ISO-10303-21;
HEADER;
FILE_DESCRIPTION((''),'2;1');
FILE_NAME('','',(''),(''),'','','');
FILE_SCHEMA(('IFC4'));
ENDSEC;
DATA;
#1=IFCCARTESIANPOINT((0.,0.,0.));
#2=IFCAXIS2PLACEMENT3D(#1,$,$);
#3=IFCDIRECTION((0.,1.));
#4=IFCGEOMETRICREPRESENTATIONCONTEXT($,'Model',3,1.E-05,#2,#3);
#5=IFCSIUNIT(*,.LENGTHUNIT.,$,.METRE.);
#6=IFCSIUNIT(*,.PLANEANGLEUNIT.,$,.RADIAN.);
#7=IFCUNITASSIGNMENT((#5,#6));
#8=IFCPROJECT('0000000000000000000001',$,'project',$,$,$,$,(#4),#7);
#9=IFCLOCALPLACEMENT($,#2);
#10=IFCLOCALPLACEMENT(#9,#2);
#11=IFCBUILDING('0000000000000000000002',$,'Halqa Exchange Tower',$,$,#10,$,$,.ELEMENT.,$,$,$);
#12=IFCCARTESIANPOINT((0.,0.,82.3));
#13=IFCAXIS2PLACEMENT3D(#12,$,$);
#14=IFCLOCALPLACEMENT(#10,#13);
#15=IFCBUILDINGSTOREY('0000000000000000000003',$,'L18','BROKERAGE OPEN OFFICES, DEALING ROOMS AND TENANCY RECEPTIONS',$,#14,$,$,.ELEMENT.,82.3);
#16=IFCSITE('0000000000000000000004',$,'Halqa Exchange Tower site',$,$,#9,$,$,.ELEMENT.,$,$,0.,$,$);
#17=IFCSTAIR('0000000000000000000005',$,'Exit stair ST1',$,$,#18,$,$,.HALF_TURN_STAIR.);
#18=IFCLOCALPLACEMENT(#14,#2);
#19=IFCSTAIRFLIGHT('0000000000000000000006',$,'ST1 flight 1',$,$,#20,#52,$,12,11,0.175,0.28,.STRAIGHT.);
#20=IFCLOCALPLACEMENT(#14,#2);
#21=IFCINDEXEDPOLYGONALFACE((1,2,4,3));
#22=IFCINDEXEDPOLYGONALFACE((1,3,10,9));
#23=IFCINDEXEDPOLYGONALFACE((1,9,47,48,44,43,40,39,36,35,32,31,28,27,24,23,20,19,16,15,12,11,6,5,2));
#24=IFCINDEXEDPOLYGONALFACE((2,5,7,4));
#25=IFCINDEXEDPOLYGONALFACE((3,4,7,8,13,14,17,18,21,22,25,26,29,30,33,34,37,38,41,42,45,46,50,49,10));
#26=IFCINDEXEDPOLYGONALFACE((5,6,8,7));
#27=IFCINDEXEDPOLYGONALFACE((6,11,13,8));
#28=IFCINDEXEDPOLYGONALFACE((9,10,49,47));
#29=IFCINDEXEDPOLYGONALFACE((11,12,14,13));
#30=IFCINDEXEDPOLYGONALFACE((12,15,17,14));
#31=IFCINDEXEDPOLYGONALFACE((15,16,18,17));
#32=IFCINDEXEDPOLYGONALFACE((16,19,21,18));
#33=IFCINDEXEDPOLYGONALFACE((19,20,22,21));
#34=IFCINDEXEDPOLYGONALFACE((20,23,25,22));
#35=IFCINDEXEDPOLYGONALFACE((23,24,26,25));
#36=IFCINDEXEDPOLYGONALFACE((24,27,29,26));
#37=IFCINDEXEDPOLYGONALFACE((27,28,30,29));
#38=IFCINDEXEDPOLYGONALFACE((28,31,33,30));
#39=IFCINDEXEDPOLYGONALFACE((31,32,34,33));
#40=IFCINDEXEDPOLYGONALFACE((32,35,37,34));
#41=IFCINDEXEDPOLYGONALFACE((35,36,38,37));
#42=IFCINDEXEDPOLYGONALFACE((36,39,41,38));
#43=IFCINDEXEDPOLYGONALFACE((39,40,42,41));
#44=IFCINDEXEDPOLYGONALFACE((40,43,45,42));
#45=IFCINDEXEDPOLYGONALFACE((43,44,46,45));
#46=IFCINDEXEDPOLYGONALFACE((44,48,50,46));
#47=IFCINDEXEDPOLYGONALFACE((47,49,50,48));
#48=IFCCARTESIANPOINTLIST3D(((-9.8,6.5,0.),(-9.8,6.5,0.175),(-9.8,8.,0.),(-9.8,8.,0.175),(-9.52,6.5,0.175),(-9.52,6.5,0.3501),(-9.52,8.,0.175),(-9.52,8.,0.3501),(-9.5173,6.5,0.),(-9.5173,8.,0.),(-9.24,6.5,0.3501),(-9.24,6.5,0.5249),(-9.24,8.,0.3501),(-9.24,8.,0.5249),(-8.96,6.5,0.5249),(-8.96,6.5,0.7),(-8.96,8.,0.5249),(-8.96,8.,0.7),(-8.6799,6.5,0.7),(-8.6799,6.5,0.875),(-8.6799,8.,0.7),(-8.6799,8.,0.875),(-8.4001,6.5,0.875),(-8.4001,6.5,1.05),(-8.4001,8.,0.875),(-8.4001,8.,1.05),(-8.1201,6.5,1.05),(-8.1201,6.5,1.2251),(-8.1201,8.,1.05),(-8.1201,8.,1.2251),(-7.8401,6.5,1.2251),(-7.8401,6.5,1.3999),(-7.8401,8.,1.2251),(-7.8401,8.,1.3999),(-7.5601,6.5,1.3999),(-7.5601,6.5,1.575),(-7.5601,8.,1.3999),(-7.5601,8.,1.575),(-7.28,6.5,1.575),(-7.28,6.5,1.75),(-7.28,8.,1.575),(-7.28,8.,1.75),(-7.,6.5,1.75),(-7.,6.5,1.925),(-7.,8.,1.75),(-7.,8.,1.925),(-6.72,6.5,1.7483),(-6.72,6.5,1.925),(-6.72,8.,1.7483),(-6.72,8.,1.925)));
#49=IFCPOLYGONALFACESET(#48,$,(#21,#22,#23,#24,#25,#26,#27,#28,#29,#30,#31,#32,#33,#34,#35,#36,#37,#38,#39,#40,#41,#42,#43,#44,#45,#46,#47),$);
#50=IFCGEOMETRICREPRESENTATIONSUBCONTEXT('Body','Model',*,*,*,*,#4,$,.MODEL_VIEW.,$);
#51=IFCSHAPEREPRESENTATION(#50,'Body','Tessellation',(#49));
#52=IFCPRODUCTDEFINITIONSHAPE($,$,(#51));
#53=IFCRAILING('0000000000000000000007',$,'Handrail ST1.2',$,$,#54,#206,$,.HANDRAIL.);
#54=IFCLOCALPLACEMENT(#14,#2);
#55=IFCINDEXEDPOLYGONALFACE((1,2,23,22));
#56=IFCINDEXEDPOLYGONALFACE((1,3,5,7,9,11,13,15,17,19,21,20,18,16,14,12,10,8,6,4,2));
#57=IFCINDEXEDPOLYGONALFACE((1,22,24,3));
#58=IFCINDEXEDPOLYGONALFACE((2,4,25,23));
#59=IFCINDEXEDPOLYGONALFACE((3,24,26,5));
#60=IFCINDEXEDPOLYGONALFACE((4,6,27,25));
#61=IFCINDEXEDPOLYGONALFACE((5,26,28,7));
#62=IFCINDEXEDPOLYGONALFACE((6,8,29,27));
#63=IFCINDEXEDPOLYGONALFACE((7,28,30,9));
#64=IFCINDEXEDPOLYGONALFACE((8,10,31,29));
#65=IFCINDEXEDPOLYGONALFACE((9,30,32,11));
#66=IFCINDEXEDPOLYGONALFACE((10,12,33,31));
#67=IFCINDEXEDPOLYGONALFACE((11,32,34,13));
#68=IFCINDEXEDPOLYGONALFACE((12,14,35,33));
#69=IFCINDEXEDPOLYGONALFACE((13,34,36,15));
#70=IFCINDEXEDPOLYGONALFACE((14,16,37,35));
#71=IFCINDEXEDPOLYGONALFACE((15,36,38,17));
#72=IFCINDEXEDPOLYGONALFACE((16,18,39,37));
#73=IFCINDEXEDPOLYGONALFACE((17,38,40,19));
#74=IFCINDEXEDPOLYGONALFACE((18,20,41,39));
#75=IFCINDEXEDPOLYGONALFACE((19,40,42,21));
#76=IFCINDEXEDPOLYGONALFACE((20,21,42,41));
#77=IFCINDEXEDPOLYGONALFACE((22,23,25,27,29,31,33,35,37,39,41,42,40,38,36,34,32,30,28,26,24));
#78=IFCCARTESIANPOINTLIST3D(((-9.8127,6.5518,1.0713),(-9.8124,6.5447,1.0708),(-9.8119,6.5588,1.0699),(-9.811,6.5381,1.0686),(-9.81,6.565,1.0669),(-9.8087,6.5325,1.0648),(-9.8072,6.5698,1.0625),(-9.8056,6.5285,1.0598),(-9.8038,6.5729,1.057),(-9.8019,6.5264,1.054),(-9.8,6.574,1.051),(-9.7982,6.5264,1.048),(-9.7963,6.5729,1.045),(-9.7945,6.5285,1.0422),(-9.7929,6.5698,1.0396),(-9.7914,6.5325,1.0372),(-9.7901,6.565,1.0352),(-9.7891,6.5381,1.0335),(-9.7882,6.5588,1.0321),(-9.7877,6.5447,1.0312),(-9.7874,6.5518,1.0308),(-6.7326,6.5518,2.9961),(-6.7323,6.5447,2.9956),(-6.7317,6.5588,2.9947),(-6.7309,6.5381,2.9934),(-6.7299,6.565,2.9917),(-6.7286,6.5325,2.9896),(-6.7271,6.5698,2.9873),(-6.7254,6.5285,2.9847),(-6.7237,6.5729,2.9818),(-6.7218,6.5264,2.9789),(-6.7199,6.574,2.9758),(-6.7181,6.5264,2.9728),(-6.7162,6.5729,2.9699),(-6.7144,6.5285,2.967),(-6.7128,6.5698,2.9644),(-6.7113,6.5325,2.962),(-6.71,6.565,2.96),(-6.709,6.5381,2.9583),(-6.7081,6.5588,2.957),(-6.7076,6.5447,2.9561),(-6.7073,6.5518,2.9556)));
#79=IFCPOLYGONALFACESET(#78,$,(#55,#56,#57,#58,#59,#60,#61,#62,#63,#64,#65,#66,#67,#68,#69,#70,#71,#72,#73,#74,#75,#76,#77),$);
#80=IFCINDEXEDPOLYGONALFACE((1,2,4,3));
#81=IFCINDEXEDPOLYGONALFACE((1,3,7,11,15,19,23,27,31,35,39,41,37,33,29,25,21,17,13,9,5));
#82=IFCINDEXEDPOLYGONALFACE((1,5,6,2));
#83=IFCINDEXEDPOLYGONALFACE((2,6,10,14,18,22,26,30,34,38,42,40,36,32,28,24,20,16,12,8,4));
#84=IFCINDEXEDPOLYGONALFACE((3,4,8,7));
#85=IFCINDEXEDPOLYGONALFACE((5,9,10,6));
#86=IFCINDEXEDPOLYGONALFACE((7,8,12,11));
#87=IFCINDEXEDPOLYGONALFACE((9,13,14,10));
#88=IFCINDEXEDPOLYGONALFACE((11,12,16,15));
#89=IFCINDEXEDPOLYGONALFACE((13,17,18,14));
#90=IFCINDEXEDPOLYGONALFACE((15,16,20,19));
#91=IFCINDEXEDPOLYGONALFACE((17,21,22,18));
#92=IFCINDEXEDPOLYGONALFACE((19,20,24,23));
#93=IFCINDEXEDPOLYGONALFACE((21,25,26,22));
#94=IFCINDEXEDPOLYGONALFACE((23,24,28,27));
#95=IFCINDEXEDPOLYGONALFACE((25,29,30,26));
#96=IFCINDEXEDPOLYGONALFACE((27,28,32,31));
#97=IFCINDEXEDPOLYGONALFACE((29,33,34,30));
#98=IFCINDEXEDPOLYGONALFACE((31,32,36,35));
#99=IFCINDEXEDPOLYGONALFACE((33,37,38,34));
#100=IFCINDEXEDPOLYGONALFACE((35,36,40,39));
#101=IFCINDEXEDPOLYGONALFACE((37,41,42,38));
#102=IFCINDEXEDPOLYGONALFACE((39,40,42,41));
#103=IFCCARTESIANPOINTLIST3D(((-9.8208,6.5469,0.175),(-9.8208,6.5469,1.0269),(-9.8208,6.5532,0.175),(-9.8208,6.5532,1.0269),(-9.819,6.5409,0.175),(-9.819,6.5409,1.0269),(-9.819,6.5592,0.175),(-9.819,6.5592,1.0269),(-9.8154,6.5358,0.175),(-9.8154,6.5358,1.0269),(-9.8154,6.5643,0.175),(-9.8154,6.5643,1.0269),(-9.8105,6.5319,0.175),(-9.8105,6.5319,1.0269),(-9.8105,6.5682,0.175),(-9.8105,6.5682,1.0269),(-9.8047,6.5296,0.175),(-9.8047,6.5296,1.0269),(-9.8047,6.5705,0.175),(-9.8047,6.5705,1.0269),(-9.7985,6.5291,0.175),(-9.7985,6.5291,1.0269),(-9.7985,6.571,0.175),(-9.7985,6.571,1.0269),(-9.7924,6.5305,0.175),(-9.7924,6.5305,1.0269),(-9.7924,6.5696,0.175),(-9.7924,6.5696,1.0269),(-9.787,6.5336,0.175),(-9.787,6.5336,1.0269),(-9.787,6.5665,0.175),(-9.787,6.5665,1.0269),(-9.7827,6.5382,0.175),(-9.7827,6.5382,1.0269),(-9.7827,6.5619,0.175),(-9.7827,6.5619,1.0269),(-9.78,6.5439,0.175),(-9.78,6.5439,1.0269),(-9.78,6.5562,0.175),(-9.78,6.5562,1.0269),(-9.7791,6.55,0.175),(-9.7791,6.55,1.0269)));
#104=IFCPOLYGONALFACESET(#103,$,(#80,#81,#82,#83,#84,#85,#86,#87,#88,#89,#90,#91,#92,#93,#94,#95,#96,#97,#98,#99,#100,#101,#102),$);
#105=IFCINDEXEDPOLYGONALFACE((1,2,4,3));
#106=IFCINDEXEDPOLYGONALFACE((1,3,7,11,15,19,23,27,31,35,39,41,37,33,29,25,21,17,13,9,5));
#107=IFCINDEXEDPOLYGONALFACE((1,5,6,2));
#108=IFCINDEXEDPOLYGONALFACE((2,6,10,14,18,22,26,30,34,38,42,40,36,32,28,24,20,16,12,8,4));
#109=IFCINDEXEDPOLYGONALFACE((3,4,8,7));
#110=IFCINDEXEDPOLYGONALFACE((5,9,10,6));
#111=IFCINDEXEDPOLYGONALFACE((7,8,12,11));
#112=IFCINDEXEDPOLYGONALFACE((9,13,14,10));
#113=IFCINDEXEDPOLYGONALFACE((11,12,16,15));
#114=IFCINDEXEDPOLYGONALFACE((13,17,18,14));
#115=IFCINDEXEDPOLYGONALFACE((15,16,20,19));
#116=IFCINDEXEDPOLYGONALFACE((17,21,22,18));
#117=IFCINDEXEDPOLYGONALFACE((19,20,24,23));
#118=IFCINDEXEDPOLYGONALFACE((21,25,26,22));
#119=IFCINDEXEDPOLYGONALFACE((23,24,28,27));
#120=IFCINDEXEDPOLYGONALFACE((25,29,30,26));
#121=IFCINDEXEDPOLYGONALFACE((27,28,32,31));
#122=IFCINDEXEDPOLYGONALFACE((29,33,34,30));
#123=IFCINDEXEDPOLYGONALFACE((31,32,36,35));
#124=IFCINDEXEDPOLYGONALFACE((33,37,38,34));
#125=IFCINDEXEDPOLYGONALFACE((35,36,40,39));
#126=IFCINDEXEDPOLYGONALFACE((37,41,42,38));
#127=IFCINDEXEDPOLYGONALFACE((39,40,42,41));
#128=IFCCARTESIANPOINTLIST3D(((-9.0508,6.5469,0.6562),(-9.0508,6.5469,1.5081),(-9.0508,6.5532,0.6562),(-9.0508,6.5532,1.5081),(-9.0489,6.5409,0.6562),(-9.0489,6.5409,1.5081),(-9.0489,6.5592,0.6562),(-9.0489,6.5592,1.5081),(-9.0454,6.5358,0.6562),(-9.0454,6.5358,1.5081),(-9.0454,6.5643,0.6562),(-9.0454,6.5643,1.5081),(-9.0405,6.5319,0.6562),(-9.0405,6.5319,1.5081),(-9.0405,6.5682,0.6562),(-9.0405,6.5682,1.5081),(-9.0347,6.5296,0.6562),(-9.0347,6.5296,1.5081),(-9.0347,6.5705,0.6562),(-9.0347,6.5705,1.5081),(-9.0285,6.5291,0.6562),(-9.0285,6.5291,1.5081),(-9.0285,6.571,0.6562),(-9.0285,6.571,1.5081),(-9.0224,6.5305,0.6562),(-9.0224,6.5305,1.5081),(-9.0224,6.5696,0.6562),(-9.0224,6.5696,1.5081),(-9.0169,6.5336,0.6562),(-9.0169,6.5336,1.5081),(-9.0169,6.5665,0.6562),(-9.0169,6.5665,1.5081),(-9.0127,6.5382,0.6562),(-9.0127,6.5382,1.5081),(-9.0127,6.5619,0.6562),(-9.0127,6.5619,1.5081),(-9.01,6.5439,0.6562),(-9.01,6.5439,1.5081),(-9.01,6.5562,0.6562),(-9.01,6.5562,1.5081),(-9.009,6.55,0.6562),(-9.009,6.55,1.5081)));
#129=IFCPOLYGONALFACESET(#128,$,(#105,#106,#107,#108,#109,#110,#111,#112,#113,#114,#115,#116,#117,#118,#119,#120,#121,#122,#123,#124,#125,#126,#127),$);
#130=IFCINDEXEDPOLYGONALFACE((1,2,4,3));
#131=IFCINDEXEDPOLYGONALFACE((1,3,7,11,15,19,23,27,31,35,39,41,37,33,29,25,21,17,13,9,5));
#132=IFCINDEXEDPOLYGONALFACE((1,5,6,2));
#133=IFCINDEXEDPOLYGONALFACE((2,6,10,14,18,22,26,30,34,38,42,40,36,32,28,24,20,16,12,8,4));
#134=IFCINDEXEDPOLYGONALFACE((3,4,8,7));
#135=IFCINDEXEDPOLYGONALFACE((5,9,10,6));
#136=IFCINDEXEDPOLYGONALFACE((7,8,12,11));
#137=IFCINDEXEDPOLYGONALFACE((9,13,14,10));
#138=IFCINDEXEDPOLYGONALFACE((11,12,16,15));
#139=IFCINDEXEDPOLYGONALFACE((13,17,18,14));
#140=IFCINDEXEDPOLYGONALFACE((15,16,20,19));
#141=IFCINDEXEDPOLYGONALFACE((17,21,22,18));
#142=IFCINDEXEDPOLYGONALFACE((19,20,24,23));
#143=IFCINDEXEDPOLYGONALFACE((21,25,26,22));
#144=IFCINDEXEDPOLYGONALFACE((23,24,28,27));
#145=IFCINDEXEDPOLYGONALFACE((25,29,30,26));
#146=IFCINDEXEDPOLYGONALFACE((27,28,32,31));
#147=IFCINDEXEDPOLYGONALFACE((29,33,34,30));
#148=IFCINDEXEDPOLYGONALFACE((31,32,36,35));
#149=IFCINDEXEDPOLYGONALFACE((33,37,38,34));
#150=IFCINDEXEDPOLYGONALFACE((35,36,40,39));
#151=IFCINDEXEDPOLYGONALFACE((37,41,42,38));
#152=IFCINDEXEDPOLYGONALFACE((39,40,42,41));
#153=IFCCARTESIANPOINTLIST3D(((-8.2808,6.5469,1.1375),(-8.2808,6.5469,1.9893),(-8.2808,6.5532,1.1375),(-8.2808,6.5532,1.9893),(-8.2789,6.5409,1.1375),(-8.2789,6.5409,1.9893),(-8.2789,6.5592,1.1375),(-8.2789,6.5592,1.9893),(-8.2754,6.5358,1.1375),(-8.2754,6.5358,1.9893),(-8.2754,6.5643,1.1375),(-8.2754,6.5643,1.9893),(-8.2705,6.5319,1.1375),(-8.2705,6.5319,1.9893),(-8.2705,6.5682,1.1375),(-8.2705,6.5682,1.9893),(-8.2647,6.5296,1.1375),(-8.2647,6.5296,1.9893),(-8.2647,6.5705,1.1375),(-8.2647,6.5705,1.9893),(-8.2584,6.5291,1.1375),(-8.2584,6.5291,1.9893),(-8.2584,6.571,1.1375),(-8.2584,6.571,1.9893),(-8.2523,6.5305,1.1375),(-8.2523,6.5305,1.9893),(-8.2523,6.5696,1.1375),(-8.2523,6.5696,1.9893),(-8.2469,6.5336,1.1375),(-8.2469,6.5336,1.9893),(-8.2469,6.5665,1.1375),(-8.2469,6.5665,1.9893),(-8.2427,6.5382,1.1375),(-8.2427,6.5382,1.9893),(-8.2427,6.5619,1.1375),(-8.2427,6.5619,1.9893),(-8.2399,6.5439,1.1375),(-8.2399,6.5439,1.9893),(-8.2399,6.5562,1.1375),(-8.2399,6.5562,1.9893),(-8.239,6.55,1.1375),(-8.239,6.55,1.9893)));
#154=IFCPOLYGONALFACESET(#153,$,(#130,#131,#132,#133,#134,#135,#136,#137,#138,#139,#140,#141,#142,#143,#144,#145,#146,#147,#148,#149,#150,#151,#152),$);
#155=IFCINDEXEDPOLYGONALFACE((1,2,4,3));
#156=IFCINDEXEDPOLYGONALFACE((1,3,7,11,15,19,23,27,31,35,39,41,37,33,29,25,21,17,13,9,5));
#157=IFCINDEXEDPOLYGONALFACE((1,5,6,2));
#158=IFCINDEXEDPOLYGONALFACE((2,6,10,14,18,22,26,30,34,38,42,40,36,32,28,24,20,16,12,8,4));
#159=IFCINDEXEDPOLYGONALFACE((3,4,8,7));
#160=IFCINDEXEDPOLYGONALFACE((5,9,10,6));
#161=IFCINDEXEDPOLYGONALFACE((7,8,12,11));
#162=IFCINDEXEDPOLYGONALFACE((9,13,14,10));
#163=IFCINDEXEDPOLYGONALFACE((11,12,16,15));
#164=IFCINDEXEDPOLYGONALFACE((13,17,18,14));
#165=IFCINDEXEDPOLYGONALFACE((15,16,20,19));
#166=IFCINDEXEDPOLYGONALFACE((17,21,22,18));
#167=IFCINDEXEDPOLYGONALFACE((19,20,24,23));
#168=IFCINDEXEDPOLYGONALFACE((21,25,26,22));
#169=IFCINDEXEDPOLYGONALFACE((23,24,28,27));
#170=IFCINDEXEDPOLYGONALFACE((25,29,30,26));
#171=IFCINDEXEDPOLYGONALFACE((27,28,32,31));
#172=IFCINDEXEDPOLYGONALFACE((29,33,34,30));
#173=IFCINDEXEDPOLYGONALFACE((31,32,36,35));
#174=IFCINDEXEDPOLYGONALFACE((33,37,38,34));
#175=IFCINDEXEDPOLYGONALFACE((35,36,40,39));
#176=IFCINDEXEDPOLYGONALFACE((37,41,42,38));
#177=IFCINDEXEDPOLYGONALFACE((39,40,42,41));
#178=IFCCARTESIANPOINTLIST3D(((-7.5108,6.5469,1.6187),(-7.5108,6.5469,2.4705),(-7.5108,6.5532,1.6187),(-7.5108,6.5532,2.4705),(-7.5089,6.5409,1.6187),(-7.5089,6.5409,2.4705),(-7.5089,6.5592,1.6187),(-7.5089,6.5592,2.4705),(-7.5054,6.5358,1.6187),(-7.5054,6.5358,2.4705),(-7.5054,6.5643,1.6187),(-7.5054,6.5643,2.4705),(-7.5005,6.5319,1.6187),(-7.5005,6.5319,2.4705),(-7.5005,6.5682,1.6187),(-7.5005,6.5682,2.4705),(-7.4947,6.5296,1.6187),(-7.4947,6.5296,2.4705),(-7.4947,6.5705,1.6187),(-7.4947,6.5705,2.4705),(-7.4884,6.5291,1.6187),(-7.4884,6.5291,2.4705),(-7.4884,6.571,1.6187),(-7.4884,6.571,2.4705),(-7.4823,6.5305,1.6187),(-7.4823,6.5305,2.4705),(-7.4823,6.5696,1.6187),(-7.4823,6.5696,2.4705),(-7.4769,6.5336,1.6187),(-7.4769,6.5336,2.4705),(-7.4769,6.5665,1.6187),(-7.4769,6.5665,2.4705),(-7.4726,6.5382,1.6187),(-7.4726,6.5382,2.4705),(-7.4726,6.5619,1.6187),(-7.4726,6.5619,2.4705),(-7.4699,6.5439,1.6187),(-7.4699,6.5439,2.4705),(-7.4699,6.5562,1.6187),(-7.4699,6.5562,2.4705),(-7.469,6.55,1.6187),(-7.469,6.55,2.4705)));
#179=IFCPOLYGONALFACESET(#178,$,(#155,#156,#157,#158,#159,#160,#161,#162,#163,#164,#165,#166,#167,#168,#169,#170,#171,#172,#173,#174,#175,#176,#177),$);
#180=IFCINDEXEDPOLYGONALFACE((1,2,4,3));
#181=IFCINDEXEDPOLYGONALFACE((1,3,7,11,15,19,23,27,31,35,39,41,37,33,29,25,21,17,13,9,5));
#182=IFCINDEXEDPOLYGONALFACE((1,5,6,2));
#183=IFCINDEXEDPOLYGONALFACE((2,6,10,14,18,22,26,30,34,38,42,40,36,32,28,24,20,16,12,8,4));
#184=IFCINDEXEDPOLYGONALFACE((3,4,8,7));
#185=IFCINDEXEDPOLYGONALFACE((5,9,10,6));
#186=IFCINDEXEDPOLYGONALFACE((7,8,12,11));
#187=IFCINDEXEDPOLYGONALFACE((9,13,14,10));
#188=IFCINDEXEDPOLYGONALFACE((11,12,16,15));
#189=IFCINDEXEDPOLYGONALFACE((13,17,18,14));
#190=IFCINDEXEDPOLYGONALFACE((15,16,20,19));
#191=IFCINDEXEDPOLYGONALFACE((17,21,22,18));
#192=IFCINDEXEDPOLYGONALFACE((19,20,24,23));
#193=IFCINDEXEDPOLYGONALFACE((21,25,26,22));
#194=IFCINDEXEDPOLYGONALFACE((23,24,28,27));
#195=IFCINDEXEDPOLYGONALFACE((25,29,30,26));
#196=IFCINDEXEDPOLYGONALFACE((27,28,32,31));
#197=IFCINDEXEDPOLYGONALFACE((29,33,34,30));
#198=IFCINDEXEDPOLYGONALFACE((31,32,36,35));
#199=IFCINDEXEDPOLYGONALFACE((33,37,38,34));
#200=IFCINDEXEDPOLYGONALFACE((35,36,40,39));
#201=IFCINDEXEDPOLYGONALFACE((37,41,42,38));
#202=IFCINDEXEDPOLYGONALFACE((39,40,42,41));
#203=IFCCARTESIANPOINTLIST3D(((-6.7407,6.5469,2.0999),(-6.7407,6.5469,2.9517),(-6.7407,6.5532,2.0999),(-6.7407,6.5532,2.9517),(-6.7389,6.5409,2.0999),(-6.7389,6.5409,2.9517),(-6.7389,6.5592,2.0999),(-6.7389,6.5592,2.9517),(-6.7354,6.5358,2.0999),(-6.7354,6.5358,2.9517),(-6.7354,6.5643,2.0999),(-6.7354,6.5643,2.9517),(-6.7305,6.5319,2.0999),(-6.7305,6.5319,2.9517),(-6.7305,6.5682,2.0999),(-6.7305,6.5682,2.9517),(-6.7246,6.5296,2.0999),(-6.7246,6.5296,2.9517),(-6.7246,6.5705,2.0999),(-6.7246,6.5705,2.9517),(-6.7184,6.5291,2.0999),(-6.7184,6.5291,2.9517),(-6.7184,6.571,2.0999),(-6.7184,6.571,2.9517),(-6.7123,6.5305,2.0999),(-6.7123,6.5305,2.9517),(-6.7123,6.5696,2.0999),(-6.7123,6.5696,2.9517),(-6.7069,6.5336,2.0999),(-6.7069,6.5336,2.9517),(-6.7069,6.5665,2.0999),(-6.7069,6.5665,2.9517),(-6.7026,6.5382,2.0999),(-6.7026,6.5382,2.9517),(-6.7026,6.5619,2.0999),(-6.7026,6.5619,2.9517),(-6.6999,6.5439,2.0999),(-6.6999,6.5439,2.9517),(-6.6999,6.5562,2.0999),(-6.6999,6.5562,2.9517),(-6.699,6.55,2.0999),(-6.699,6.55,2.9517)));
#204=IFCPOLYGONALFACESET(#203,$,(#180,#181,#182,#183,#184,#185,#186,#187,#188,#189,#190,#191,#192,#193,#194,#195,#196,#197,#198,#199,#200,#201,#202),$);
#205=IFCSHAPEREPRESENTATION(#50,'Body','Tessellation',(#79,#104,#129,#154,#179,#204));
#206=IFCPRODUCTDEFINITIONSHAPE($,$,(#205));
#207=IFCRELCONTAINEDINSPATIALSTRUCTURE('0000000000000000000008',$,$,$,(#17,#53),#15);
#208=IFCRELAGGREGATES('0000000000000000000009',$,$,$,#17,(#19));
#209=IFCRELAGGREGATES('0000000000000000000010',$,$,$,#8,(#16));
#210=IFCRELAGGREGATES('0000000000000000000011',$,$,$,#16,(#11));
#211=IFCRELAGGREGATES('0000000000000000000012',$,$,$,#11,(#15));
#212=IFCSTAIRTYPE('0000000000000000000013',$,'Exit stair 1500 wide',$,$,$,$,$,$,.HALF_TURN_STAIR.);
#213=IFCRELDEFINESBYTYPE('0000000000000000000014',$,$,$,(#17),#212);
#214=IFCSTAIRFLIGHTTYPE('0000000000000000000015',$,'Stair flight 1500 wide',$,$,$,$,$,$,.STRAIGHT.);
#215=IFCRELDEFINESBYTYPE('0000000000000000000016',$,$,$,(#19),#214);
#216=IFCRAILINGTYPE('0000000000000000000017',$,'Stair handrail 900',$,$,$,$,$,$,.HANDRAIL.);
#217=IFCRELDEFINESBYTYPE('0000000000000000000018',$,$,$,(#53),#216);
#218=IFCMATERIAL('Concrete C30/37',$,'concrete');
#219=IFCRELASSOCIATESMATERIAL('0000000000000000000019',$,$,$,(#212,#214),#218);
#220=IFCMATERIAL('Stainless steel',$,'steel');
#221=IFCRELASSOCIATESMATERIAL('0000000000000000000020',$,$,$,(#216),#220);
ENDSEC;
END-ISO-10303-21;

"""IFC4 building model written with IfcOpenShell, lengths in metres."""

from ifc_helpers import new_model, si_unit, direction, frame, origin, origin_2d, place, context, subcontext, project, spatial, polyline, circle, outline, extrude, material, type_object, element, aggregate, save


model = new_model("IFC4")

# Units and contexts
model_context = context("Model", 3, precision=1e-05, world=origin(), true_north=direction((0.0, 1.0)))
body_context = subcontext(model_context, "Body", "Model", "MODEL_VIEW")
ifc_project = project(units=[si_unit("LENGTHUNIT", "METRE"), si_unit("PLANEANGLEUNIT", "RADIAN")], contexts=[model_context])

# Site, building, storey
site_placement = place(None, origin())
site = spatial("IfcSite", under=ifc_project, at=site_placement, Name="Halqa Exchange Tower site", CompositionType="ELEMENT", RefElevation=0.0)
building_placement = place(site_placement, origin())
building = spatial("IfcBuilding", under=site, at=building_placement, Name="Halqa Exchange Tower", CompositionType="ELEMENT")
storey_placement = place(building_placement, frame((0.0, 0.0, 82.3)))
storey = spatial("IfcBuildingStorey", under=building, at=storey_placement, Name="L18", Description="BROKERAGE OPEN OFFICES, DEALING ROOMS AND TENANCY RECEPTIONS", CompositionType="ELEMENT", Elevation=82.3)

# Shared definitions
ifc_material_1 = material(Name="Stainless steel", Category="steel")

# Shared definitions
ifc_material_2 = material(Name="Concrete C30/37", Category="concrete")

# Stair, stair flight
stair_type = type_object("IfcStairType", Name="Exit stair 1500 wide", PredefinedType="HALF_TURN_STAIR", material=ifc_material_2)
stair_placement = place(storey_placement, origin())
stair = element("IfcStair", 1, at=stair_placement, inside=storey, type_object=stair_type, Name="Exit stair ST1", PredefinedType="HALF_TURN_STAIR")
stair_flight_type = type_object("IfcStairFlightType", Name="Stair flight 1500 wide", PredefinedType="STRAIGHT", material=ifc_material_2)
stair_flight_placement = place(storey_placement, frame((-9.8, 7.25, 0.0), z_axis=(0.0, 0.0, 1.0), x_axis=(1.0, 0.0, 0.0)))
stair_flight = element("IfcStairFlight", 2, at=stair_flight_placement, type_object=stair_flight_type, Name="ST1 flight 1", NumberOfRisers=12, NumberOfTreads=11, PredefinedType="STRAIGHT", RiserHeight=0.175, TreadLength=0.28, context=body_context, shape_type="SweptSolid", body=[
    extrude(outline(polyline([(0.0, 0.0), (0.0, 0.175), (0.28, 0.175), (0.28, 0.3501), (0.5601, 0.3501), (0.5601, 0.5249), (0.8401, 0.5249), (0.8401, 0.7), (1.1201, 0.7), (1.1201, 0.875), (1.3999, 0.875), (1.3999, 1.05), (1.6799, 1.05), (1.6799, 1.2251), (1.96, 1.2251), (1.96, 1.3999), (2.24, 1.3999), (2.24, 1.575), (2.52, 1.575), (2.52, 1.75), (2.8, 1.75), (2.8, 1.925), (3.0801, 1.925), (3.0801, 2.1001), (3.0801, 1.7483), (0.2827, 0.0), (0.0, 0.0)])), frame((0.0, 0.75, 0.0), z_axis=(0.0, -1.0, 0.0), x_axis=(1.0, 0.0, 0.0)), (0.0, 0.0, 1.0), 1.5),
])
aggregate(stair, [stair_flight])

# Railing
railing_type_1 = type_object("IfcRailingType", Name="Stair handrail 900", PredefinedType="HANDRAIL", material=ifc_material_1)
railing_1_placement = place(storey_placement, frame((-9.8, 6.55, 0.175)))
element("IfcRailing", 3, at=railing_1_placement, inside=storey, type_object=railing_type_1, Name="Handrail ST1.2", PredefinedType="HANDRAIL", context=body_context, shape_type="SweptSolid", body=[
    extrude(circle(Radius=0.0239, at=origin_2d()), frame((0.0, 0.0, 0.876), z_axis=(0.848029, 0.0, 0.529951), x_axis=(0.0, 1.0, 0.0)), (0.0, 0.0, 1.0), 3.6321),
    extrude(circle(Radius=0.021, at=origin_2d()), origin(), (0.0, 0.0, 1.0), 0.8518),
    extrude(circle(Radius=0.021, at=origin_2d()), frame((0.77, 0.0, 0.4812)), (0.0, 0.0, 1.0), 0.8518),
    extrude(circle(Radius=0.021, at=origin_2d()), frame((1.54, 0.0, 0.9624)), (0.0, 0.0, 1.0), 0.8518),
    extrude(circle(Radius=0.021, at=origin_2d()), frame((2.3101, 0.0, 1.4436)), (0.0, 0.0, 1.0), 0.8518),
    extrude(circle(Radius=0.021, at=origin_2d()), frame((3.0801, 0.0, 1.9248)), (0.0, 0.0, 1.0), 0.8518),
])

save(model, "model.ifc")
